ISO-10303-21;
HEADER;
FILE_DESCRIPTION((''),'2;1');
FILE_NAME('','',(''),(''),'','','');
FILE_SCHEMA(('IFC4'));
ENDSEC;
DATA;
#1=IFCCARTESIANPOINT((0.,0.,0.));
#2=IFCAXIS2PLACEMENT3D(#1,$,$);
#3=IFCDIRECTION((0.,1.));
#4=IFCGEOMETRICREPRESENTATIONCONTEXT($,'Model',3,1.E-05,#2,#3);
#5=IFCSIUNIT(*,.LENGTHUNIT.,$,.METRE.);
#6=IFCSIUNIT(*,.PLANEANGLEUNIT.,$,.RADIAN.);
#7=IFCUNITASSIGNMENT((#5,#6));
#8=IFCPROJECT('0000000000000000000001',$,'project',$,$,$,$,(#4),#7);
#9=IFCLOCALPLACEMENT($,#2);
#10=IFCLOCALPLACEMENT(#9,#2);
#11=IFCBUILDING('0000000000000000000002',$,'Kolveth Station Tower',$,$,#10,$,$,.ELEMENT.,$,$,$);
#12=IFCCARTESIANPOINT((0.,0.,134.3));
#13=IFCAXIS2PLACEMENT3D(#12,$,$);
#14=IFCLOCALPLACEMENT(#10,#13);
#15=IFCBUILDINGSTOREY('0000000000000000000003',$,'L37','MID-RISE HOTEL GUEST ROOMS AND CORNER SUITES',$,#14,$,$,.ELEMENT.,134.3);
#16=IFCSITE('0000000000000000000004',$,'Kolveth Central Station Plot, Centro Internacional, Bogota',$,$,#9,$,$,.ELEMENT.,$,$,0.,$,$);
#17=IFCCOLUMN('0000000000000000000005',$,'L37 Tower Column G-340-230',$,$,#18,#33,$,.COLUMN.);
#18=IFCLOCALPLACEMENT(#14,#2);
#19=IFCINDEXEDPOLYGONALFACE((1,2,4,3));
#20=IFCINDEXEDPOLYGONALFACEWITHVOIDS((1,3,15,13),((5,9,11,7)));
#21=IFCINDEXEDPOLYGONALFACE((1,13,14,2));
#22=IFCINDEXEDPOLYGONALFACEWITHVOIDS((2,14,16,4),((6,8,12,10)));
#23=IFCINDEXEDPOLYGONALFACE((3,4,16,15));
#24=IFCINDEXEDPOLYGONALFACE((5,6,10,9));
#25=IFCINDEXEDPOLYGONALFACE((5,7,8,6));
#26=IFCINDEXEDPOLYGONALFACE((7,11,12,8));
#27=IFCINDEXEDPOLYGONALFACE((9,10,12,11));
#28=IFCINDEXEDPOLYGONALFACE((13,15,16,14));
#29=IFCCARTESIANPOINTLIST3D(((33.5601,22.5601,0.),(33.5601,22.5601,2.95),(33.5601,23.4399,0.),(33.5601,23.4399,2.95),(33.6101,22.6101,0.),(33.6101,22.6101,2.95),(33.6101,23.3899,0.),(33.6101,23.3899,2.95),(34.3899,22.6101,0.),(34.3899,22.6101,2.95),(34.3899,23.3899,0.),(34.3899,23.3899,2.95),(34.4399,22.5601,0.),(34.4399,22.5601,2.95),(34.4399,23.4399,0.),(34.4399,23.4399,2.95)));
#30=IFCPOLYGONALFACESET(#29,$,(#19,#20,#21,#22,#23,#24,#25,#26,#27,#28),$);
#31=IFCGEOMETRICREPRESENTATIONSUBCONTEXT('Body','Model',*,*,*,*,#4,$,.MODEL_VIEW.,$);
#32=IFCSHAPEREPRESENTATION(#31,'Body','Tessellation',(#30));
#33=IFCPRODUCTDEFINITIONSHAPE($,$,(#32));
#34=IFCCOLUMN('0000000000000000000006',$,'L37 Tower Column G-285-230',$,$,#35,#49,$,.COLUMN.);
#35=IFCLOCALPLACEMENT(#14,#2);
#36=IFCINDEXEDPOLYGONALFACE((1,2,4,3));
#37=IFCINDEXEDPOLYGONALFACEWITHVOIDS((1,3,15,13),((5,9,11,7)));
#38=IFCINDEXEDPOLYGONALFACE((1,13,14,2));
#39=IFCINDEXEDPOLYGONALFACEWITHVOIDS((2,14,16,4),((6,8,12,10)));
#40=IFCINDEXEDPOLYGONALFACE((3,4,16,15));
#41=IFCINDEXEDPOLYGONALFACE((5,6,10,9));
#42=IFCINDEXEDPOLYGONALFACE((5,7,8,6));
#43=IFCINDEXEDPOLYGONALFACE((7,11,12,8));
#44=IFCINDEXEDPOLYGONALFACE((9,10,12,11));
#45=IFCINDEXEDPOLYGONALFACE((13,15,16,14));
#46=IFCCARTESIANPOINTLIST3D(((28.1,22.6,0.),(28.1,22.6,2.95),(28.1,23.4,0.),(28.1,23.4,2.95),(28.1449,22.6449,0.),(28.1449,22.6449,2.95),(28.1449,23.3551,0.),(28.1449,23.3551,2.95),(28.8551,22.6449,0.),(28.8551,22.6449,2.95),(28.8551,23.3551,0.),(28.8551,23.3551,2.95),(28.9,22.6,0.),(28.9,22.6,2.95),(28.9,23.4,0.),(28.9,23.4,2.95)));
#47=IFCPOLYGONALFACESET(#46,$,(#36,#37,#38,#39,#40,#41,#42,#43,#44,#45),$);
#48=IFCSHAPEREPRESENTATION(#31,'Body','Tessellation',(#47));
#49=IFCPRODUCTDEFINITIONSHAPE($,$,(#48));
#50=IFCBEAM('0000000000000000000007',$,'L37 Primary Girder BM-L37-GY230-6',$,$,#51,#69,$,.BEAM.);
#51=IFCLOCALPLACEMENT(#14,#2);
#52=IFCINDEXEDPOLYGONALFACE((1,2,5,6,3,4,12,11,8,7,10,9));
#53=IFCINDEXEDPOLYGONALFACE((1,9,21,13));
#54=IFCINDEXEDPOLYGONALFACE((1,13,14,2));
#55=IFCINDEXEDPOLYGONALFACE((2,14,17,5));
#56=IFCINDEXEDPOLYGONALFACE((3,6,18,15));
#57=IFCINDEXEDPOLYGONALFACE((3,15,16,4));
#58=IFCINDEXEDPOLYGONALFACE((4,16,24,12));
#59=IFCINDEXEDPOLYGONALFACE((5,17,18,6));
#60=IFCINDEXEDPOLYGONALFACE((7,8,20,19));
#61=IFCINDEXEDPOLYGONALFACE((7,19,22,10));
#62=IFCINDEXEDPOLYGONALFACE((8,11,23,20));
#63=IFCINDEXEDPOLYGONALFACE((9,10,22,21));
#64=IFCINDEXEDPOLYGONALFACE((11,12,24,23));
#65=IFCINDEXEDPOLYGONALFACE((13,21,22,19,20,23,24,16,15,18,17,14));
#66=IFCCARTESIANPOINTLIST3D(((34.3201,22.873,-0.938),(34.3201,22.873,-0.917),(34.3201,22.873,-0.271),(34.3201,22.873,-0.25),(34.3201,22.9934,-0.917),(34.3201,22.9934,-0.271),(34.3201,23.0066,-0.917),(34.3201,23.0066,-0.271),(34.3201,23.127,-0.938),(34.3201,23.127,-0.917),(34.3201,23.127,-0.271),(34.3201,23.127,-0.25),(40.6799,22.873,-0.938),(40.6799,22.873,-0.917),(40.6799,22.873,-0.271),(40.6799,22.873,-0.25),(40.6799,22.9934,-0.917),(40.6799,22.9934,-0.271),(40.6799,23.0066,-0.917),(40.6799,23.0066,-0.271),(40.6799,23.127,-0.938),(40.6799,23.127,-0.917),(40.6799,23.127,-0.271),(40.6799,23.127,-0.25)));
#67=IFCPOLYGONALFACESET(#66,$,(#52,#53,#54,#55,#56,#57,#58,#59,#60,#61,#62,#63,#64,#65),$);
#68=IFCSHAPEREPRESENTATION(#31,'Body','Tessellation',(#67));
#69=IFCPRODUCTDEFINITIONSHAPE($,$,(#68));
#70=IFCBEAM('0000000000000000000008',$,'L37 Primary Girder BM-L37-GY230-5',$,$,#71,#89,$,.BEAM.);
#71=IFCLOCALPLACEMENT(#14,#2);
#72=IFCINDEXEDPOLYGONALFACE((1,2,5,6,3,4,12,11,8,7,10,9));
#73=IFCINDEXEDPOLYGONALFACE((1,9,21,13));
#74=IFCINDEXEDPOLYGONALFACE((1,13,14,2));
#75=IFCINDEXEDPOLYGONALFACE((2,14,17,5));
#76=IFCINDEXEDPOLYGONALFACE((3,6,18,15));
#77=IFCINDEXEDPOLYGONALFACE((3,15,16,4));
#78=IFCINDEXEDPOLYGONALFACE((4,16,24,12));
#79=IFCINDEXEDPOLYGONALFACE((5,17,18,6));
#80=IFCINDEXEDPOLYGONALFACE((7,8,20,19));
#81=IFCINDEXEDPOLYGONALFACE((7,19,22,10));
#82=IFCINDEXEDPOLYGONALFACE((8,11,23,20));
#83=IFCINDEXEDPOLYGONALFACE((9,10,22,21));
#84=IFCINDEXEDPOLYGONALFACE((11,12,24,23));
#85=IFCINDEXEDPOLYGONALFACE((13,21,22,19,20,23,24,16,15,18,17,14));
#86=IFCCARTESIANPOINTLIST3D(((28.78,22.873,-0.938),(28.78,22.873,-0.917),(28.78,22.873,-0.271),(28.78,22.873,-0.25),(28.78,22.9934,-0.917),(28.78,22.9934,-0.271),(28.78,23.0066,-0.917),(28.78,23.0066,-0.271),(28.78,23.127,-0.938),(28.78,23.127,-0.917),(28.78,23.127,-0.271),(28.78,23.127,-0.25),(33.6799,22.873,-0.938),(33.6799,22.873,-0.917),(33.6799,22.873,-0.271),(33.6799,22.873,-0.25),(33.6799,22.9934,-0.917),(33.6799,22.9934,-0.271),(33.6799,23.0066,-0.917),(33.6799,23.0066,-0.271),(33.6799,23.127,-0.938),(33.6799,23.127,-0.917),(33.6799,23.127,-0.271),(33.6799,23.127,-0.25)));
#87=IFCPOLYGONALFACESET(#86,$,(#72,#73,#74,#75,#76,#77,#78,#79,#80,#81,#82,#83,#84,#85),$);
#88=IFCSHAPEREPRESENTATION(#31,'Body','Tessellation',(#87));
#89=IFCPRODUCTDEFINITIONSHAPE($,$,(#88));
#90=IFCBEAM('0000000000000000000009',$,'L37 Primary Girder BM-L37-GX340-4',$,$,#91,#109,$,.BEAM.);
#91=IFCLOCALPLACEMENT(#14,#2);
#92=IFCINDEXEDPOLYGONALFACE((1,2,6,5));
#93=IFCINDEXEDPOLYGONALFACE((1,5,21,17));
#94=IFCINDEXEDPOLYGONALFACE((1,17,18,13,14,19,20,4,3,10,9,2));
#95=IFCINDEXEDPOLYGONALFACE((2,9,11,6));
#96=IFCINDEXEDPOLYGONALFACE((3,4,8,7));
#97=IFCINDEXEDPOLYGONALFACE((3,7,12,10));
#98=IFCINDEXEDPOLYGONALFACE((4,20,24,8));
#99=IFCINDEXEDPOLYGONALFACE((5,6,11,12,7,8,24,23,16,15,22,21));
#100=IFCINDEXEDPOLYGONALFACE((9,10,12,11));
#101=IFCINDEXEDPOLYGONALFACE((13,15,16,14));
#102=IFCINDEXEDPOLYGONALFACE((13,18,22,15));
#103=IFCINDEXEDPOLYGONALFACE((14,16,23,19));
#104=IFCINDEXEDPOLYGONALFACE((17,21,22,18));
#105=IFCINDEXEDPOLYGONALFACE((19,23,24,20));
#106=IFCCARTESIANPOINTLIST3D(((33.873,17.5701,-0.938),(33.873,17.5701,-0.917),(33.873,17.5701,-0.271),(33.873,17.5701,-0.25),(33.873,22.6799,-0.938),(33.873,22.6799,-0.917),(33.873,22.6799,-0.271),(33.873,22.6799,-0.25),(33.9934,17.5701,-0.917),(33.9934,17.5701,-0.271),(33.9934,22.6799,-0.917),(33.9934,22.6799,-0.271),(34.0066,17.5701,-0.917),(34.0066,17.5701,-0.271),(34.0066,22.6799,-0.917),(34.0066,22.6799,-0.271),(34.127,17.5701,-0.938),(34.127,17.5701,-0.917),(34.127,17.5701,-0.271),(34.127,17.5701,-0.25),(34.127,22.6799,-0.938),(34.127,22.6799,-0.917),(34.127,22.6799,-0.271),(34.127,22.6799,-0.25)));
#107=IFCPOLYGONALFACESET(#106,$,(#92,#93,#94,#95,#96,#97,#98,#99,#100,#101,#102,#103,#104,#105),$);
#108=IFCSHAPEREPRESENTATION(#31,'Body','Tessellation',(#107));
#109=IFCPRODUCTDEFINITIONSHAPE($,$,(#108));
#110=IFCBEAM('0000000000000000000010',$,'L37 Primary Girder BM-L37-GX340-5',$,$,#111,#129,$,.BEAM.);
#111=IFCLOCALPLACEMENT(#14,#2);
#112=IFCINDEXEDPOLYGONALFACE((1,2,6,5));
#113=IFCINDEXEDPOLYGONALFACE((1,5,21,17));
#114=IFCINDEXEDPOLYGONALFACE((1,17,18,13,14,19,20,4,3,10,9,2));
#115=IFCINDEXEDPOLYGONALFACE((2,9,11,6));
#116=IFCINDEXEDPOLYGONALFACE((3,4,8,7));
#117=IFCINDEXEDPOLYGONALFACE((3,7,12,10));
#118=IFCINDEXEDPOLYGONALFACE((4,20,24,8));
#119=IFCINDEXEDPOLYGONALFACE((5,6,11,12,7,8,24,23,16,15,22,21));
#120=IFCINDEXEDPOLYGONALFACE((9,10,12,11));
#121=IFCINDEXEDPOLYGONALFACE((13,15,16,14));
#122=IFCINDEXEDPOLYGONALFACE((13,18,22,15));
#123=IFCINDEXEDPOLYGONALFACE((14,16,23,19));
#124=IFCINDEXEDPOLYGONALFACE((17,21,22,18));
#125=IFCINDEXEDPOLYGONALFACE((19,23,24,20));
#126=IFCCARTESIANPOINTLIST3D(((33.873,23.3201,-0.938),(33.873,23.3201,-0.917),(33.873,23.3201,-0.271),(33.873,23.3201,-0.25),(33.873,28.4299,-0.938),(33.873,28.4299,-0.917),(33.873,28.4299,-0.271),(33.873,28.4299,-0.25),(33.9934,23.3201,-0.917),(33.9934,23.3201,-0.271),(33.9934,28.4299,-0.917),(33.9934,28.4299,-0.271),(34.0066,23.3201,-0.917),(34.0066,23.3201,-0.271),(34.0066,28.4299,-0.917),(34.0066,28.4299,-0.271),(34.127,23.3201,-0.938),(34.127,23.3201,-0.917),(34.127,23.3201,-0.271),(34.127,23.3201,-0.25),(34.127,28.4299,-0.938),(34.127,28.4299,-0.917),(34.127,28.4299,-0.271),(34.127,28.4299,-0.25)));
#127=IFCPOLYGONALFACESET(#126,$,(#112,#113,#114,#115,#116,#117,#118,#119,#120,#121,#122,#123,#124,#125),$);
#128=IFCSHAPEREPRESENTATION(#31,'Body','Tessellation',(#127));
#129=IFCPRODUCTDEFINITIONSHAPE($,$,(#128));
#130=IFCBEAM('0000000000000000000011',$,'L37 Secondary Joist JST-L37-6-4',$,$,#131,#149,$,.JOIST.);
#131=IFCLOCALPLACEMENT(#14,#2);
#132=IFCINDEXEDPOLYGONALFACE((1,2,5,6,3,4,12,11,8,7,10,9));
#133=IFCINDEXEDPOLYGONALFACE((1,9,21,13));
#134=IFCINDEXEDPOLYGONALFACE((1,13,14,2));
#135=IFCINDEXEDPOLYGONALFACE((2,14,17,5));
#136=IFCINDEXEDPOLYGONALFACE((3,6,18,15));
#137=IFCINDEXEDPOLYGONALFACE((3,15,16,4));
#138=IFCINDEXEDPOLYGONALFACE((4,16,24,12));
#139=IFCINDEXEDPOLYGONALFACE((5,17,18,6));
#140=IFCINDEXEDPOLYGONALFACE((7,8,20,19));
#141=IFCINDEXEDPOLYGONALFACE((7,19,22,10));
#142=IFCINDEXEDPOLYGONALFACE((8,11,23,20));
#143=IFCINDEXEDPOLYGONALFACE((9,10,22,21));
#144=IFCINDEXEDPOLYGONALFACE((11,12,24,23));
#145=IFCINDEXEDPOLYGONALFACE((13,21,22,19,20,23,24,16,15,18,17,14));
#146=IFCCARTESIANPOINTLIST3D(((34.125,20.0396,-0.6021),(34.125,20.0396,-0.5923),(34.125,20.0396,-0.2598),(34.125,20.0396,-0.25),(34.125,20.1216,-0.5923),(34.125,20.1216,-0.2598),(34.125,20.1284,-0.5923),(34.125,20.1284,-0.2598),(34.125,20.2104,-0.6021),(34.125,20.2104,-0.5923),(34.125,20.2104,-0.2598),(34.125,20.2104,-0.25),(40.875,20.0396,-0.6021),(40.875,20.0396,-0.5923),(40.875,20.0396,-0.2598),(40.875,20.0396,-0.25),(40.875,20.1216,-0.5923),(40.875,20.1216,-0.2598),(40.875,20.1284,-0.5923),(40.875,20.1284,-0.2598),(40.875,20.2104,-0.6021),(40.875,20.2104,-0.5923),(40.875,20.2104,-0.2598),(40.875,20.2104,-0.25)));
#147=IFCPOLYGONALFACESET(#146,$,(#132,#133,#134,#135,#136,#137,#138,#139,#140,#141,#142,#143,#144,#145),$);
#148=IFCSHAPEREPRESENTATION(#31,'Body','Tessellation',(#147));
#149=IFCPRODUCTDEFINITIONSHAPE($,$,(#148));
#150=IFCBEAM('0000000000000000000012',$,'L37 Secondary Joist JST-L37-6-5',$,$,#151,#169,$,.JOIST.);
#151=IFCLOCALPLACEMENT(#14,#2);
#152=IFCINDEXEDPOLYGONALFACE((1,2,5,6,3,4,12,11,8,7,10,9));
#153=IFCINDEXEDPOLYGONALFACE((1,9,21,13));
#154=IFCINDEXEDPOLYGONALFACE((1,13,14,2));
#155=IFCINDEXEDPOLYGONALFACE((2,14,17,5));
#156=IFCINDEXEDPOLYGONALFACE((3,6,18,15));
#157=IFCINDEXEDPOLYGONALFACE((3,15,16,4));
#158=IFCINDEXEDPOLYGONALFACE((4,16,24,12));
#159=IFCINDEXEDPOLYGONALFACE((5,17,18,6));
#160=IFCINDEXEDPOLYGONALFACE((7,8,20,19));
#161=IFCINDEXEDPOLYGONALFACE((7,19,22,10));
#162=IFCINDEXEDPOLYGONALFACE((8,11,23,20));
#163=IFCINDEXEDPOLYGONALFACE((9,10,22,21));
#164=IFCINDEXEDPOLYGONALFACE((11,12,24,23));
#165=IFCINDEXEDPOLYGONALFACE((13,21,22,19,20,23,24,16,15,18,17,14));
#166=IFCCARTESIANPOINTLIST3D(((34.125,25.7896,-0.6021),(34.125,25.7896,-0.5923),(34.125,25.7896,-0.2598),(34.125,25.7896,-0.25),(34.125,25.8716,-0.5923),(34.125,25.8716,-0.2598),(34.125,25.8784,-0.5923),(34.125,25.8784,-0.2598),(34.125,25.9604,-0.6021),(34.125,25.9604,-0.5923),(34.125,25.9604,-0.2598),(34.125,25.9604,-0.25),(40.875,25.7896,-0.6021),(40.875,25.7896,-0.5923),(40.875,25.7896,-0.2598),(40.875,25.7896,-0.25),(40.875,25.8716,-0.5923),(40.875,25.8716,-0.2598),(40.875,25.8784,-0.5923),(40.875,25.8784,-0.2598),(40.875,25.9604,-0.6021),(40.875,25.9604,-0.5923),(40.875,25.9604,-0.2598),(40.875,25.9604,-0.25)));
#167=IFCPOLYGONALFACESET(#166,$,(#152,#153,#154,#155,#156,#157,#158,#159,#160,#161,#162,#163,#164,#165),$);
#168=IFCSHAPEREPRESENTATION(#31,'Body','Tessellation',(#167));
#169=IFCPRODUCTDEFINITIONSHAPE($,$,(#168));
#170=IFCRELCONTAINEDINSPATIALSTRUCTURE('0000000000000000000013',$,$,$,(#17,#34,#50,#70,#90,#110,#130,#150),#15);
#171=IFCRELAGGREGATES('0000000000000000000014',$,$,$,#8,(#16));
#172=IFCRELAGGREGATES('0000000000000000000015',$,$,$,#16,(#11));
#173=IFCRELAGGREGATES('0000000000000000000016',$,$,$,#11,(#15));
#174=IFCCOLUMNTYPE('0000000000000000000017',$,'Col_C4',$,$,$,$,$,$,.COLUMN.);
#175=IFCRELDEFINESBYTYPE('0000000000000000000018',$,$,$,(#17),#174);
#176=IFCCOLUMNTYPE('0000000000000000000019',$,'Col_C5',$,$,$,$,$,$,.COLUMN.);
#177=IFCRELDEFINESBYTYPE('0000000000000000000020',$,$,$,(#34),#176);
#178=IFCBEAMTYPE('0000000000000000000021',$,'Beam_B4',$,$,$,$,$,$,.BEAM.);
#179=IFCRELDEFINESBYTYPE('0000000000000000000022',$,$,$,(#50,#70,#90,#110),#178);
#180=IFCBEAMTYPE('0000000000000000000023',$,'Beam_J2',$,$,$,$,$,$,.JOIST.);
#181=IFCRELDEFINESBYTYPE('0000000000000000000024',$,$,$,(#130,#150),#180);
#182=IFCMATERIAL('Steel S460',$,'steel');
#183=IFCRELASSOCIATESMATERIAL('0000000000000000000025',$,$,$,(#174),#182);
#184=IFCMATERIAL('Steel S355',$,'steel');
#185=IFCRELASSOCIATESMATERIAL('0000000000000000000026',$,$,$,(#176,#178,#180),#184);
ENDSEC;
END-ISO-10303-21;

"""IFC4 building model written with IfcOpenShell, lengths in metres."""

from ifc_helpers import new_model, si_unit, direction, frame, origin, origin_2d, place, context, subcontext, project, spatial, hollow_rectangle, i_section, extrude, source, transform, mapped, material, material_profile, profile_set, type_object, element, save


model = new_model("IFC4")

# Units and contexts
model_context = context("Model", 3, precision=1e-05, world=origin(), true_north=direction((0.0, 1.0)))
body_context = subcontext(model_context, "Body", "Model", "MODEL_VIEW")
ifc_project = project(units=[si_unit("LENGTHUNIT", "METRE"), si_unit("PLANEANGLEUNIT", "RADIAN")], contexts=[model_context])

# Site, building, storey
site_placement = place(None, origin())
site = spatial("IfcSite", under=ifc_project, at=site_placement, Name="Kolveth Central Station Plot, Centro Internacional, Bogota", CompositionType="ELEMENT", RefElevation=0.0)
building_placement = place(site_placement, origin())
building = spatial("IfcBuilding", under=site, at=building_placement, Name="Kolveth Station Tower", CompositionType="ELEMENT")
storey_placement = place(building_placement, frame((0.0, 0.0, 134.3)))
storey = spatial("IfcBuildingStorey", under=building, at=storey_placement, Name="L37", Description="MID-RISE HOTEL GUEST ROOMS AND CORNER SUITES", CompositionType="ELEMENT", Elevation=134.3)

# Columns
ifc_material_1 = material(Name="Steel S460", Category="steel")
ifc_material_profile_1 = material_profile(ifc_material_1, hollow_rectangle(XDim=0.8799, YDim=0.8799, WallThickness=0.05, at=origin_2d()), Name="BOX880x880x50")
ifc_profile_set_1 = profile_set([ifc_material_profile_1], Name="Steel S460")
column_type_1 = type_object("IfcColumnType", Name="Col_C4", PredefinedType="COLUMN", material=ifc_profile_set_1)
shared_shape_1 = source(origin(), body_context, "Body", "SweptSolid", [
    extrude(hollow_rectangle(XDim=0.8799, YDim=0.8799, WallThickness=0.05, at=origin_2d()), origin(), (0.0, 0.0, 1.0), 2.95),
])
column_1_placement = place(storey_placement, frame((34.0, 23.0, 0.0), z_axis=(0.0, 0.0, 1.0), x_axis=(1.0, 0.0, 0.0)))
element("IfcColumn", 1, at=column_1_placement, inside=storey, type_object=column_type_1, Name="L37 Tower Column G-340-230", PredefinedType="COLUMN", context=body_context, shape_type="MappedRepresentation", body=[
    mapped(shared_shape_1, transform((0.0, 0.0, 0.0), x_axis=(1.0, 0.0, 0.0), y_axis=(0.0, 1.0, 0.0), z_axis=(0.0, 0.0, 1.0), scale=1.0)),
])
ifc_material_2 = material(Name="Steel S355", Category="steel")
ifc_material_profile_2 = material_profile(ifc_material_2, hollow_rectangle(XDim=0.8, YDim=0.8, WallThickness=0.0449, at=origin_2d()), Name="BOX800x800x45")
ifc_profile_set_2 = profile_set([ifc_material_profile_2], Name="Steel S355")
column_type_2 = type_object("IfcColumnType", Name="Col_C5", PredefinedType="COLUMN", material=ifc_profile_set_2)
shared_shape_2 = source(origin(), body_context, "Body", "SweptSolid", [
    extrude(hollow_rectangle(XDim=0.8, YDim=0.8, WallThickness=0.0449, at=origin_2d()), origin(), (0.0, 0.0, 1.0), 2.95),
])
column_2_placement = place(storey_placement, frame((28.5, 23.0, 0.0), z_axis=(0.0, 0.0, 1.0), x_axis=(1.0, 0.0, 0.0)))
element("IfcColumn", 2, at=column_2_placement, inside=storey, type_object=column_type_2, Name="L37 Tower Column G-285-230", PredefinedType="COLUMN", context=body_context, shape_type="MappedRepresentation", body=[
    mapped(shared_shape_2, transform((0.0, 0.0, 0.0), x_axis=(1.0, 0.0, 0.0), y_axis=(0.0, 1.0, 0.0), z_axis=(0.0, 0.0, 1.0), scale=1.0)),
])

# Beams
ifc_material_profile_3 = material_profile(ifc_material_2, i_section(OverallWidth=0.2539, OverallDepth=0.688, WebThickness=0.0132, FlangeThickness=0.021, at=origin_2d()), Name="W690x152")
ifc_profile_set_3 = profile_set([ifc_material_profile_3], Name="Steel S355")
beam_type_1 = type_object("IfcBeamType", Name="Beam_B4", PredefinedType="BEAM", material=ifc_profile_set_3)
shared_shape_3 = source(origin(), body_context, "Body", "SweptSolid", [
    extrude(i_section(OverallWidth=0.2539, OverallDepth=0.688, WebThickness=0.0132, FlangeThickness=0.021, at=origin_2d()), origin(), (0.0, 0.0, 1.0), 6.3599),
])
beam_1_placement = place(storey_placement, frame((34.3201, 23.0, -0.594), z_axis=(1.0, 0.0, 0.0), x_axis=(0.0, 1.0, 0.0)))
element("IfcBeam", 3, at=beam_1_placement, inside=storey, type_object=beam_type_1, Name="L37 Primary Girder BM-L37-GY230-6", PredefinedType="BEAM", context=body_context, shape_type="MappedRepresentation", body=[
    mapped(shared_shape_3, transform((0.0, 0.0, 0.0), x_axis=(1.0, 0.0, 0.0), y_axis=(0.0, 1.0, 0.0), z_axis=(0.0, 0.0, 1.0), scale=1.0)),
])
shared_shape_4 = source(origin(), body_context, "Body", "SweptSolid", [
    extrude(i_section(OverallWidth=0.2539, OverallDepth=0.688, WebThickness=0.0132, FlangeThickness=0.021, at=origin_2d()), origin(), (0.0, 0.0, 1.0), 4.8999),
])
beam_2_placement = place(storey_placement, frame((28.78, 23.0, -0.594), z_axis=(1.0, 0.0, 0.0), x_axis=(0.0, 1.0, 0.0)))
element("IfcBeam", 4, at=beam_2_placement, inside=storey, type_object=beam_type_1, Name="L37 Primary Girder BM-L37-GY230-5", PredefinedType="BEAM", context=body_context, shape_type="MappedRepresentation", body=[
    mapped(shared_shape_4, transform((0.0, 0.0, 0.0), x_axis=(1.0, 0.0, 0.0), y_axis=(0.0, 1.0, 0.0), z_axis=(0.0, 0.0, 1.0), scale=1.0)),
])
shared_shape_5 = source(origin(), body_context, "Body", "SweptSolid", [
    extrude(i_section(OverallWidth=0.2539, OverallDepth=0.688, WebThickness=0.0132, FlangeThickness=0.021, at=origin_2d()), origin(), (0.0, 0.0, 1.0), 5.1099),
])
for number, where, z_axis, x_axis, name in (
    (5, (34.0, 17.5701, -0.594), (0.0, 1.0, 0.0), (-1.0, 0.0, 0.0), "L37 Primary Girder BM-L37-GX340-4"),
    (6, (34.0, 23.3201, -0.594), (0.0, 1.0, 0.0), (-1.0, 0.0, 0.0), "L37 Primary Girder BM-L37-GX340-5"),
):
    element("IfcBeam", number, at=place(storey_placement, frame(where, z_axis=z_axis, x_axis=x_axis)), inside=storey, type_object=beam_type_1, Name=name, PredefinedType="BEAM", context=body_context, shape_type="MappedRepresentation", body=[
        mapped(shared_shape_5, transform((0.0, 0.0, 0.0), x_axis=(1.0, 0.0, 0.0), y_axis=(0.0, 1.0, 0.0), z_axis=(0.0, 0.0, 1.0), scale=1.0)),
    ])
ifc_material_profile_4 = material_profile(ifc_material_2, i_section(OverallWidth=0.1709, OverallDepth=0.3521, WebThickness=0.0068, FlangeThickness=0.0098, at=origin_2d()), Name="W360x44")
ifc_profile_set_4 = profile_set([ifc_material_profile_4], Name="Steel S355")
beam_type_2 = type_object("IfcBeamType", Name="Beam_J2", PredefinedType="JOIST", material=ifc_profile_set_4)
shared_shape_6 = source(origin(), body_context, "Body", "SweptSolid", [
    extrude(i_section(OverallWidth=0.1709, OverallDepth=0.3521, WebThickness=0.0068, FlangeThickness=0.0098, at=origin_2d()), origin(), (0.0, 0.0, 1.0), 6.75),
])
for number, where, z_axis, x_axis, name in (
    (7, (34.125, 20.125, -0.426), (1.0, 0.0, 0.0), (0.0, 1.0, 0.0), "L37 Secondary Joist JST-L37-6-4"),
    (8, (34.125, 25.875, -0.426), (1.0, 0.0, 0.0), (0.0, 1.0, 0.0), "L37 Secondary Joist JST-L37-6-5"),
):
    element("IfcBeam", number, at=place(storey_placement, frame(where, z_axis=z_axis, x_axis=x_axis)), inside=storey, type_object=beam_type_2, Name=name, PredefinedType="JOIST", context=body_context, shape_type="MappedRepresentation", body=[
        mapped(shared_shape_6, transform((0.0, 0.0, 0.0), x_axis=(1.0, 0.0, 0.0), y_axis=(0.0, 1.0, 0.0), z_axis=(0.0, 0.0, 1.0), scale=1.0)),
    ])

save(model, "model.ifc")
